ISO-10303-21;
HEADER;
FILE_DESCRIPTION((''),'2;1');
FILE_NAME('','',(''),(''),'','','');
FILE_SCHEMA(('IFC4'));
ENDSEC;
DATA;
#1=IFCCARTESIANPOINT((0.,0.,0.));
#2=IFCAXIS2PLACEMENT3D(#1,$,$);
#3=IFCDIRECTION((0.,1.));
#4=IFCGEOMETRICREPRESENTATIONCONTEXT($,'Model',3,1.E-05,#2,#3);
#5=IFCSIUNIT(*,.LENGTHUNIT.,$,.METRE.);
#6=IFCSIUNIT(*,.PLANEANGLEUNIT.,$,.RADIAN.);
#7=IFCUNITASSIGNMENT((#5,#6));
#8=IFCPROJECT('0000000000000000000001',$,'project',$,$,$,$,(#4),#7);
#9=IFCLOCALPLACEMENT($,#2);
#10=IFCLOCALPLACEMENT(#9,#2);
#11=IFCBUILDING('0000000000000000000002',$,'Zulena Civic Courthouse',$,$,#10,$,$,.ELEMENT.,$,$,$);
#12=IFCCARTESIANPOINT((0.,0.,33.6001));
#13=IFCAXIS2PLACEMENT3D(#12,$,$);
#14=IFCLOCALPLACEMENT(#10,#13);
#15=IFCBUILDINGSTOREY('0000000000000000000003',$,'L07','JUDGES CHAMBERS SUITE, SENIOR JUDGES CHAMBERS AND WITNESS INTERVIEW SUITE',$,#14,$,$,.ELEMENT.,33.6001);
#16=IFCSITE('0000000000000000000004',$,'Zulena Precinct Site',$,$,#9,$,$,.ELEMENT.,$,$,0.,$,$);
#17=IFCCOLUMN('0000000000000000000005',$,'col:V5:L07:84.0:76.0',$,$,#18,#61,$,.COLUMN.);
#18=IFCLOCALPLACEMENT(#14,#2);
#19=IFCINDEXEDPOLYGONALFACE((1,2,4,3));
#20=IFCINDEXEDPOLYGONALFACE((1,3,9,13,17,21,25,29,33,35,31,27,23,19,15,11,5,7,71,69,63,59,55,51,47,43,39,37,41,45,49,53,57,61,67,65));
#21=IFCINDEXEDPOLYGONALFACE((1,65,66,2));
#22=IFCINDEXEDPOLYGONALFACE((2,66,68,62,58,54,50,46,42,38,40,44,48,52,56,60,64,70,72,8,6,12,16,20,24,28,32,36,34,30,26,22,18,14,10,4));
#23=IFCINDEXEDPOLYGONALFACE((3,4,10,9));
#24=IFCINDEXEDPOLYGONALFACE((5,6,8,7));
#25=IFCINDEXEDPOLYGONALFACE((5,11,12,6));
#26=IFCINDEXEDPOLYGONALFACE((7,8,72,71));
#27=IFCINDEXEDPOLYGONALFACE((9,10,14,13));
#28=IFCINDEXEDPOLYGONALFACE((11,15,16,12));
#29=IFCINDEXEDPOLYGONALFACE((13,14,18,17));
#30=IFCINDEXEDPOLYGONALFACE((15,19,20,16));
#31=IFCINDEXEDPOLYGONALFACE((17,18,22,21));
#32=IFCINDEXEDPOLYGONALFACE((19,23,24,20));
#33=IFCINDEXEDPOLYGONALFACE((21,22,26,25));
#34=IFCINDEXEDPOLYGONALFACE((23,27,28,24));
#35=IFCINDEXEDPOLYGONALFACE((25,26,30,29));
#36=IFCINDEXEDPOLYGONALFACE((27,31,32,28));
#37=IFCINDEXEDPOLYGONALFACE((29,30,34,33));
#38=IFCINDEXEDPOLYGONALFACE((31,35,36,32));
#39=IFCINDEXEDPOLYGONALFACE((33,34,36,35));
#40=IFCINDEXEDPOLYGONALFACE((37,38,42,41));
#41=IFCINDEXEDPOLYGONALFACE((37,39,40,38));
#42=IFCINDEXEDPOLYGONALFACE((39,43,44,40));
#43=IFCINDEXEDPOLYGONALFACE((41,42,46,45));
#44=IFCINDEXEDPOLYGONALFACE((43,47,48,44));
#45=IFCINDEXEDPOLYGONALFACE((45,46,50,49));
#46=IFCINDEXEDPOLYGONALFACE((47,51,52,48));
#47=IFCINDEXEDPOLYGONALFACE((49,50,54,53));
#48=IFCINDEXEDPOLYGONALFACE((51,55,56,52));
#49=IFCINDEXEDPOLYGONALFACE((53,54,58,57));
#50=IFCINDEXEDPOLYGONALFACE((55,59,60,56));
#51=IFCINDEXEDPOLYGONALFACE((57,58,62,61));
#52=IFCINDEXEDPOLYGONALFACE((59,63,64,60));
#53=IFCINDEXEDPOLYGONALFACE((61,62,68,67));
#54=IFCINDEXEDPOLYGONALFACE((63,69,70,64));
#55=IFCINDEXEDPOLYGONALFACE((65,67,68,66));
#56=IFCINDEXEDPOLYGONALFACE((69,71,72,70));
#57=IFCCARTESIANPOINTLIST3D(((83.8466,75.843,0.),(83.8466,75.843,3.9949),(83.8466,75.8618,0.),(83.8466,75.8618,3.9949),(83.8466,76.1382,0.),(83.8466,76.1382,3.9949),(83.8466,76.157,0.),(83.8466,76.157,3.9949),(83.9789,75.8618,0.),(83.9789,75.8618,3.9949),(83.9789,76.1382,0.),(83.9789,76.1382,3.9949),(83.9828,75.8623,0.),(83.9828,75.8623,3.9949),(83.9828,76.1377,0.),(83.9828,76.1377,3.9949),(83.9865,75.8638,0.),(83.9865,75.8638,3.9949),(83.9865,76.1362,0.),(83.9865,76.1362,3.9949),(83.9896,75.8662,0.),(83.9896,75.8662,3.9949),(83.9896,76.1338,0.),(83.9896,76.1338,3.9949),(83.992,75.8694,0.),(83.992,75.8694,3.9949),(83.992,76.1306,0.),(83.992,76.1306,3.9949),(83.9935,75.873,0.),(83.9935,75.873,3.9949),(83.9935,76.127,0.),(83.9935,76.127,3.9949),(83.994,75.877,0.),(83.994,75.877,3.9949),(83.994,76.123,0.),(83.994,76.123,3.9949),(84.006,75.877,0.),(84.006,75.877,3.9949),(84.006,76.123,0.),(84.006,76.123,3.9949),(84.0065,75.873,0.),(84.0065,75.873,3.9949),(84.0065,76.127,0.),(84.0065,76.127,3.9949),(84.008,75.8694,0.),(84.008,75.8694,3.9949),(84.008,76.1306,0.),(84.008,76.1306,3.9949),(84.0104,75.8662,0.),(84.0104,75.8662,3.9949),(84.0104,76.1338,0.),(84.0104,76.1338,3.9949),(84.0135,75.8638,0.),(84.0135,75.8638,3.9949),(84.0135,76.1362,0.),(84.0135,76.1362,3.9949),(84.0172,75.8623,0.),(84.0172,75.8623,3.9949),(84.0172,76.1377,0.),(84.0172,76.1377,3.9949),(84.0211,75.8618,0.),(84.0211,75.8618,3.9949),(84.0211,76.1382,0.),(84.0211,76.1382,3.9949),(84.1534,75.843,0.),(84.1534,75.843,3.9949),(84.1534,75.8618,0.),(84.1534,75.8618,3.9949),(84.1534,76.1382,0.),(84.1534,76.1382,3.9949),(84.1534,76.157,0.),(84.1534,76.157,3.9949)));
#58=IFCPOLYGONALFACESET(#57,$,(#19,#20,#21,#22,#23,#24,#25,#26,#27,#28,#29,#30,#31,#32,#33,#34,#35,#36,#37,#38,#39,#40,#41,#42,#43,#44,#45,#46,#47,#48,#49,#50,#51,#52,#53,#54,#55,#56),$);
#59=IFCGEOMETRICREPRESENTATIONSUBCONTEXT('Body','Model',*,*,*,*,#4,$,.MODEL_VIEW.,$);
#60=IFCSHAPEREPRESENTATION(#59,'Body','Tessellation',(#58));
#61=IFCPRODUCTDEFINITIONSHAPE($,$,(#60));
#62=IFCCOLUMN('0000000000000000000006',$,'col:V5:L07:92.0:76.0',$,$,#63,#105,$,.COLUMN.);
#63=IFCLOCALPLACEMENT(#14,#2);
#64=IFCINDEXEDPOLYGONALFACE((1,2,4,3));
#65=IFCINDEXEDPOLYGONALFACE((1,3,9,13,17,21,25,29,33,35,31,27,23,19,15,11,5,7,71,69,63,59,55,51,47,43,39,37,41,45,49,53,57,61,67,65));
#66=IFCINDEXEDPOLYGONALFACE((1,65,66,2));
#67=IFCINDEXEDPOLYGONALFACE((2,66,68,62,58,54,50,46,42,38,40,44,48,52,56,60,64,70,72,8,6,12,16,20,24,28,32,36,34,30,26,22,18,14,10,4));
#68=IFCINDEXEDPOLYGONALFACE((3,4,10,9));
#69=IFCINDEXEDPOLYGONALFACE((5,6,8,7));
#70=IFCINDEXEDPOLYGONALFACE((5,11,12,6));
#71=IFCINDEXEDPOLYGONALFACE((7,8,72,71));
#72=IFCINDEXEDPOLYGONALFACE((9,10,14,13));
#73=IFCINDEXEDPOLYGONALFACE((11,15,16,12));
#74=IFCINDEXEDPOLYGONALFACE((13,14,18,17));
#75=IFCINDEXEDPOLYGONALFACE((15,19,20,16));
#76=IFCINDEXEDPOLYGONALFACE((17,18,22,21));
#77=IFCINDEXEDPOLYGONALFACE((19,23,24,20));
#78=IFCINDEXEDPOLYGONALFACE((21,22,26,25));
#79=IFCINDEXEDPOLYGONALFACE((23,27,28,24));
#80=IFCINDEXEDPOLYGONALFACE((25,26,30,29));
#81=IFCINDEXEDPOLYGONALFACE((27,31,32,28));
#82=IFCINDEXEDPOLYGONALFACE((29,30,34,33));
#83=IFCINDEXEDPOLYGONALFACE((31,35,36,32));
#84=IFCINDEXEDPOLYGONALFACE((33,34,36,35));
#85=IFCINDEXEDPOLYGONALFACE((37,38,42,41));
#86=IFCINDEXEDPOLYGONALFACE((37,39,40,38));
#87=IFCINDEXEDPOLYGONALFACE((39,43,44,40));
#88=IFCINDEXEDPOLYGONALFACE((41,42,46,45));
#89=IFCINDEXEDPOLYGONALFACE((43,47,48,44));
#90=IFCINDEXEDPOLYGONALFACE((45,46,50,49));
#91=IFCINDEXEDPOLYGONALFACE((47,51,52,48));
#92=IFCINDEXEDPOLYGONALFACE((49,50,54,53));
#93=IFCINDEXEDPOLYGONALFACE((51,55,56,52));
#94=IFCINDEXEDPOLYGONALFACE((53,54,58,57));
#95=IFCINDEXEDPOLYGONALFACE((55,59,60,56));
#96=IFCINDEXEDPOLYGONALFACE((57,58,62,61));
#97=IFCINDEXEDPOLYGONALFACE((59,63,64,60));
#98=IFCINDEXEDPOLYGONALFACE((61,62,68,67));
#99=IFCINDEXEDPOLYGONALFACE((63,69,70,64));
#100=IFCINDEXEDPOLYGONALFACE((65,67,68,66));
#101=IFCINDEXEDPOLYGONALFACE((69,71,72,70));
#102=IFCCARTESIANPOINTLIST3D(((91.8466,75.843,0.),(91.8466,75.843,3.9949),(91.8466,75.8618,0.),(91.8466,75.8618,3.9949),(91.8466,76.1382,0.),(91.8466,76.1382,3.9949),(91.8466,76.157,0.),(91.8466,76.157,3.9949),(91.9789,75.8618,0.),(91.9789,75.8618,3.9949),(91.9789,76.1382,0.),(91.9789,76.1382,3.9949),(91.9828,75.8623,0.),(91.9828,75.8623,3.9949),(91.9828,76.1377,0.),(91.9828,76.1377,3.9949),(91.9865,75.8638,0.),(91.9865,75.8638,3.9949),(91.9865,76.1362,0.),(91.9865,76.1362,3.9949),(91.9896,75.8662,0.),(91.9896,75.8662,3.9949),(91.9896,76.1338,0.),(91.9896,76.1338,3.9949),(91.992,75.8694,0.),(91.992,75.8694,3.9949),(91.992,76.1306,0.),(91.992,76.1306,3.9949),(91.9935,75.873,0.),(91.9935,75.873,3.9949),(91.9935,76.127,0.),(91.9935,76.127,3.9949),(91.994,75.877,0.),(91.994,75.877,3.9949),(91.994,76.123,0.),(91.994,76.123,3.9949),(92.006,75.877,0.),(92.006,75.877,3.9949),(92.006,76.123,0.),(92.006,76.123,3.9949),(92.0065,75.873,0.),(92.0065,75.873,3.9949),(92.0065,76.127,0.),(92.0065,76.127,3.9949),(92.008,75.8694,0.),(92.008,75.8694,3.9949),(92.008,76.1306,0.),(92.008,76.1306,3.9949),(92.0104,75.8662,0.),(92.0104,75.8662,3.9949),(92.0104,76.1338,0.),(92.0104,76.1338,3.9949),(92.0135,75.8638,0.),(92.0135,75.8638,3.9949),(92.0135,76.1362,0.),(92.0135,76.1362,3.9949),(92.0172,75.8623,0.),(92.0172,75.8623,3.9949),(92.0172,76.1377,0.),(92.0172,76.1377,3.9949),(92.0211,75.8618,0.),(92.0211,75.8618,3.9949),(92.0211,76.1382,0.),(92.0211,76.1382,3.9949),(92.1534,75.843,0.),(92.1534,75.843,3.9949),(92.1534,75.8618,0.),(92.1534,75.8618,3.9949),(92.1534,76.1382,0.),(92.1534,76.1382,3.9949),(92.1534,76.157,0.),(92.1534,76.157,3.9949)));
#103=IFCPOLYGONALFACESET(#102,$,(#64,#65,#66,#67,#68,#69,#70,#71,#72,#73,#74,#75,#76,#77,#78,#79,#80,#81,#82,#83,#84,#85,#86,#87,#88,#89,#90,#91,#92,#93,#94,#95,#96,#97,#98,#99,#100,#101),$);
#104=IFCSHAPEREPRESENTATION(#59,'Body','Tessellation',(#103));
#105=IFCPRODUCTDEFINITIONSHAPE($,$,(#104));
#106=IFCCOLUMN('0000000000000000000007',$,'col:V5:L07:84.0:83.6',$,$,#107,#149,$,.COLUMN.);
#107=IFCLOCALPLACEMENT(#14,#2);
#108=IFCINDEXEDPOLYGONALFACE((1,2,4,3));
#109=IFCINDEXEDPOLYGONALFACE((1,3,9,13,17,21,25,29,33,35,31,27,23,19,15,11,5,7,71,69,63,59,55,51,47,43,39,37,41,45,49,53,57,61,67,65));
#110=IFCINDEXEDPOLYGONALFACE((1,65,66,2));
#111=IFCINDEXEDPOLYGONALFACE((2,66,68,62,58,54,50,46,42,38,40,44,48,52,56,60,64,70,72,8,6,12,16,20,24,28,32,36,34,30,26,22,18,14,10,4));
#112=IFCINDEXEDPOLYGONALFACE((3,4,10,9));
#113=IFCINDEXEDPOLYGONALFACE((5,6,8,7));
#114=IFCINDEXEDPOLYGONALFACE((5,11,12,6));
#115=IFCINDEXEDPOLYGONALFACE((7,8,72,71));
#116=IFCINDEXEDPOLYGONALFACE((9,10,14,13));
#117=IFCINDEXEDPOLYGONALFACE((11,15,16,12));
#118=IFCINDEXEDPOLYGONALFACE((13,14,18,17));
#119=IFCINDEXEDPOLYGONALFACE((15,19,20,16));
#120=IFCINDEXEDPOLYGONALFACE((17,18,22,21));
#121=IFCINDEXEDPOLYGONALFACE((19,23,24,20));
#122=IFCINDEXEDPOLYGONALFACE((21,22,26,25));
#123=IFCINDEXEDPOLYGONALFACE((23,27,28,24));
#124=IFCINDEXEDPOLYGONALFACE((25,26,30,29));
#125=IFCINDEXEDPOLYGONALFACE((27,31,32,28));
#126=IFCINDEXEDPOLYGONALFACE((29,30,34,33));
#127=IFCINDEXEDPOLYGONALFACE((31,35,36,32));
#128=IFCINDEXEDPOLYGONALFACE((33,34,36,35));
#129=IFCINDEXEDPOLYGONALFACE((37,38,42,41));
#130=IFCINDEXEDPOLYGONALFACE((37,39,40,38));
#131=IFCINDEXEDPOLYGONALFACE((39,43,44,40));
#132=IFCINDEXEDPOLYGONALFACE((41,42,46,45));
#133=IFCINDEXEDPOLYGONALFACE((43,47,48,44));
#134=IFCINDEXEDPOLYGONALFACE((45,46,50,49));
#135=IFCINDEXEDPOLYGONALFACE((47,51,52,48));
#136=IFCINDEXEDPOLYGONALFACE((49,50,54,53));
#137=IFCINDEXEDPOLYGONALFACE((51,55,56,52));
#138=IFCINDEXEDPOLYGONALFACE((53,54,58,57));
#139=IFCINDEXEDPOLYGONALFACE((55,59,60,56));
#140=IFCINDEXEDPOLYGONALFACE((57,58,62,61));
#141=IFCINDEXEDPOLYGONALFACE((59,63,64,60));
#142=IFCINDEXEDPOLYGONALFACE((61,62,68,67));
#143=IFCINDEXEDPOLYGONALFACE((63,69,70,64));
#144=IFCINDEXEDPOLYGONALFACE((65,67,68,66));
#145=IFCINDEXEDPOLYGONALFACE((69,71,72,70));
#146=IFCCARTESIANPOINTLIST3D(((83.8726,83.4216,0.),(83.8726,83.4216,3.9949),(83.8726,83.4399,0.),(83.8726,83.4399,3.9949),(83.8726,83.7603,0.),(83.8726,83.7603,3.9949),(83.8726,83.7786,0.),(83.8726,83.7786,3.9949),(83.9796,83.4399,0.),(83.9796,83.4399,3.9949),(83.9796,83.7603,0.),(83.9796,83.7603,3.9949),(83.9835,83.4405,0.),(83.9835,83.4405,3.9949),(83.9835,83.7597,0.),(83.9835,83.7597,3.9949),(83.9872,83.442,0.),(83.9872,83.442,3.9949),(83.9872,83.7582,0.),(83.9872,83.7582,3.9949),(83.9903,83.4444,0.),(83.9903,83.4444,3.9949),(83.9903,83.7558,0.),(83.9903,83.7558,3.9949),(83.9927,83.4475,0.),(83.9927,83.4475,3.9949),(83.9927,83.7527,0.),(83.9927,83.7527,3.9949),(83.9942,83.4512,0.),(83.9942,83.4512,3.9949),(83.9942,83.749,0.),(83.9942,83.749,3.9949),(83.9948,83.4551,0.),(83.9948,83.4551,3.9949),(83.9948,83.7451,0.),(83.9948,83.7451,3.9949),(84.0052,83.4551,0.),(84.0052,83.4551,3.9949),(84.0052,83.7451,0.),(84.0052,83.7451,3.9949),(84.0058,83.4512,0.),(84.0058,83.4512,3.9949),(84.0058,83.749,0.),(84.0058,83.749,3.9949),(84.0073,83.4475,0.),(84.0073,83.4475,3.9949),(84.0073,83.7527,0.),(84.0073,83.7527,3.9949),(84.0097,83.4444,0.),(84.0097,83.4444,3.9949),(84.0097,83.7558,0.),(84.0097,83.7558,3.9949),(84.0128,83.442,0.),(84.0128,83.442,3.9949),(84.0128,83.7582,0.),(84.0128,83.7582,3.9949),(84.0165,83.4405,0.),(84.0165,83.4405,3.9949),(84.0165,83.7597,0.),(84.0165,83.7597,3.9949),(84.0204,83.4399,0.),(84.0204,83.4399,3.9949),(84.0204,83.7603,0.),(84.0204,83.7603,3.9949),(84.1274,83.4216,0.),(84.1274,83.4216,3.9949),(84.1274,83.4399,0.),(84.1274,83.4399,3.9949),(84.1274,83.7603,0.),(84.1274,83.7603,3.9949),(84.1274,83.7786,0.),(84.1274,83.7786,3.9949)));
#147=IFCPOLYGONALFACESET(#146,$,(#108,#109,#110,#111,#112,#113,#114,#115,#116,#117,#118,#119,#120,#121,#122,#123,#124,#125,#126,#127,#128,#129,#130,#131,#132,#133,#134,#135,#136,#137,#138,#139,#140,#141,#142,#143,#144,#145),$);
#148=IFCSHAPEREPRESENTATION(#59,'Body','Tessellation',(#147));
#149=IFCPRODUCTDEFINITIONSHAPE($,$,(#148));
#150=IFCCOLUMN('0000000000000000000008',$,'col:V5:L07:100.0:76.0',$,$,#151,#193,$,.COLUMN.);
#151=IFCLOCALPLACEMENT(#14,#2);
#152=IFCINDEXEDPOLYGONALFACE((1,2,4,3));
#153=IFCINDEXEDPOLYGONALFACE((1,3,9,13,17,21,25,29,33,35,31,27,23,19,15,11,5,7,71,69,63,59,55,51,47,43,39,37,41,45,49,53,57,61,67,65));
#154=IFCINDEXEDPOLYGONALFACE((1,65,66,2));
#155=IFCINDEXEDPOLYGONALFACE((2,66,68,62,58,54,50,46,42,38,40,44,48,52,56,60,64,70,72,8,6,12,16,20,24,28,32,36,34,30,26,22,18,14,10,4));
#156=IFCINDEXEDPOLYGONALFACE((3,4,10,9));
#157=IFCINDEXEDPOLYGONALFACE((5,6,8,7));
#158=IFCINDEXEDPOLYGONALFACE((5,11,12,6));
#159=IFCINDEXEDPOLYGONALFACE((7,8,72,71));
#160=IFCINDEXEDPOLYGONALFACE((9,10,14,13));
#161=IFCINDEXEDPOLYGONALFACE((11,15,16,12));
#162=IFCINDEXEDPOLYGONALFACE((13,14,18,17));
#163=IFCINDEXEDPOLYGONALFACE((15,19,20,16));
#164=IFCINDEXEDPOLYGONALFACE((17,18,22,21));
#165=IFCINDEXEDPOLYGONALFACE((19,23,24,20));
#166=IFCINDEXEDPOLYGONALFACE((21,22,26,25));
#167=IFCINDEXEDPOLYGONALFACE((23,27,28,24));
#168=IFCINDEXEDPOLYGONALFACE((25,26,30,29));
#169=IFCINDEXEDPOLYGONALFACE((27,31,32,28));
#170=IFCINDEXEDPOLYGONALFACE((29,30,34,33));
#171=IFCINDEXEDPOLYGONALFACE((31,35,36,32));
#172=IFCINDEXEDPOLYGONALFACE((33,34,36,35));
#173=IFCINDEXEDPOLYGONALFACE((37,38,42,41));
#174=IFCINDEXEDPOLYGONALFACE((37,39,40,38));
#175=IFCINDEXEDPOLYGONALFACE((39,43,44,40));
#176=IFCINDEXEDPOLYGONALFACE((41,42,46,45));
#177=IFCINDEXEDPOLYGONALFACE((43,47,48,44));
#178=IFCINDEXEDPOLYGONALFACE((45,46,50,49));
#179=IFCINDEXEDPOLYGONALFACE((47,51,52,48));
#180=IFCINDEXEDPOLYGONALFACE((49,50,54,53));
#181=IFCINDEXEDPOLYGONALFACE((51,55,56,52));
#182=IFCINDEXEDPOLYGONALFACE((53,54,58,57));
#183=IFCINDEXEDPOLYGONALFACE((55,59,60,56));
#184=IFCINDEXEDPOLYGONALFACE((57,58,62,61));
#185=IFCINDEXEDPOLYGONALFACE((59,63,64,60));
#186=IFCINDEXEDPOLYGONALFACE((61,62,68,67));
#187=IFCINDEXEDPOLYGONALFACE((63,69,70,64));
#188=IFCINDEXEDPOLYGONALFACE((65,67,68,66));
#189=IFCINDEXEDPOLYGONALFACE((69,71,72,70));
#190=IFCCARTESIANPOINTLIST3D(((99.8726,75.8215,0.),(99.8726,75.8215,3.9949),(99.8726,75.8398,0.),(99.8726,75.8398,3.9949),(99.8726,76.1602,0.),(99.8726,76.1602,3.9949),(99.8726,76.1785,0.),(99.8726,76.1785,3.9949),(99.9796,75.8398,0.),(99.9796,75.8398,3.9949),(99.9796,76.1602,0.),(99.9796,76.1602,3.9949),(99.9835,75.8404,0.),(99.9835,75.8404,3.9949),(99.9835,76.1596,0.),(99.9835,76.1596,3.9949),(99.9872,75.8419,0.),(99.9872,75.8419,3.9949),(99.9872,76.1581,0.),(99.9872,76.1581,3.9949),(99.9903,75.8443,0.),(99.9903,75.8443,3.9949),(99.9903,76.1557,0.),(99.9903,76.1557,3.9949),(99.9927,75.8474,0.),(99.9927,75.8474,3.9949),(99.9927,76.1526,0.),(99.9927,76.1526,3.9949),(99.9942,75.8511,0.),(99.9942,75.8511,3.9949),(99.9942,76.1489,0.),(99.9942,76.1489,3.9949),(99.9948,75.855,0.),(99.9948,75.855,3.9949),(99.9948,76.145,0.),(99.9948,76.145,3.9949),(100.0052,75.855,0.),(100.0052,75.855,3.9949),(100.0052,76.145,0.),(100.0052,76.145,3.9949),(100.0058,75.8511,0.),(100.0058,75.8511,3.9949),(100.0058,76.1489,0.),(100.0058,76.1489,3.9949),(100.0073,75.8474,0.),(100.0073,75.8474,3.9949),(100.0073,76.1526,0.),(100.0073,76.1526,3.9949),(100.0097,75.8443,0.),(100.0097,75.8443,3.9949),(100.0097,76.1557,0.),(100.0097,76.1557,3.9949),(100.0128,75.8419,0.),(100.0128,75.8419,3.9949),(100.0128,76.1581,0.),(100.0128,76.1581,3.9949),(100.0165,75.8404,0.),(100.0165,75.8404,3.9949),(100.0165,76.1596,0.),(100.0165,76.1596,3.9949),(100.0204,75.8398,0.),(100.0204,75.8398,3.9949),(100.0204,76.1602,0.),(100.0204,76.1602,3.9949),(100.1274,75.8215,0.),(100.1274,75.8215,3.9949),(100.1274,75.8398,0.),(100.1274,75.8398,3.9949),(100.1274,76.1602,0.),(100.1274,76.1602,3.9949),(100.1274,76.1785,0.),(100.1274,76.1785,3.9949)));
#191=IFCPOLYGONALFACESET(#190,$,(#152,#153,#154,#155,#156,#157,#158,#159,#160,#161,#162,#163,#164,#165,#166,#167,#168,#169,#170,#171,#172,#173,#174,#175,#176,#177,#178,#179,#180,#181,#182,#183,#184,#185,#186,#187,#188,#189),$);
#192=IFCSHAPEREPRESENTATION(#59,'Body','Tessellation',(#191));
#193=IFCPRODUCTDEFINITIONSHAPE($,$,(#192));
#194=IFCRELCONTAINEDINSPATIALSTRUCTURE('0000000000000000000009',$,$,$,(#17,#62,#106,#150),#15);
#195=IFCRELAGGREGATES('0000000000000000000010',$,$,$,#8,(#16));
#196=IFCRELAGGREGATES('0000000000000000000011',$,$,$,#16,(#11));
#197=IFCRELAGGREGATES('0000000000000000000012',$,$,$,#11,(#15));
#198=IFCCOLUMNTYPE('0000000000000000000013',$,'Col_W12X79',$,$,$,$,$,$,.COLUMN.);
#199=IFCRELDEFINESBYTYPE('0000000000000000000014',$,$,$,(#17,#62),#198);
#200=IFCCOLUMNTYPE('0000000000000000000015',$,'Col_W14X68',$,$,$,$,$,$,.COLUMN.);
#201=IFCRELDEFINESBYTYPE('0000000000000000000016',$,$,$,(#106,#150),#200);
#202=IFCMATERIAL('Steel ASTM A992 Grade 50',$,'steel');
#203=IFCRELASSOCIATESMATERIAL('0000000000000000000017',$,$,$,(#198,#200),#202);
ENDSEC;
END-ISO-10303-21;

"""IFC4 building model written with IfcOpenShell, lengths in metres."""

from ifc_helpers import new_model, si_unit, direction, frame, origin, origin_2d, place, context, subcontext, project, spatial, i_section, extrude, material, material_profile, profile_set, type_object, element, save


model = new_model("IFC4")

# Units and contexts
model_context = context("Model", 3, precision=1e-05, world=origin(), true_north=direction((0.0, 1.0)))
body_context = subcontext(model_context, "Body", "Model", "MODEL_VIEW")
ifc_project = project(units=[si_unit("LENGTHUNIT", "METRE"), si_unit("PLANEANGLEUNIT", "RADIAN")], contexts=[model_context])

# Site, building, storey
site_placement = place(None, origin())
site = spatial("IfcSite", under=ifc_project, at=site_placement, Name="Zulena Precinct Site", CompositionType="ELEMENT", RefElevation=0.0)
building_placement = place(site_placement, origin())
building = spatial("IfcBuilding", under=site, at=building_placement, Name="Zulena Civic Courthouse", CompositionType="ELEMENT")
storey_placement = place(building_placement, frame((0.0, 0.0, 33.6001)))
storey = spatial("IfcBuildingStorey", under=building, at=storey_placement, Name="L07", Description="JUDGES CHAMBERS SUITE, SENIOR JUDGES CHAMBERS AND WITNESS INTERVIEW SUITE", CompositionType="ELEMENT", Elevation=33.6001)

# Columns
ifc_material_1 = material(Name="Steel ASTM A992 Grade 50", Category="steel")
ifc_material_profile_1 = material_profile(ifc_material_1, i_section(OverallWidth=0.3069, OverallDepth=0.314, WebThickness=0.012, FlangeThickness=0.0188, FilletRadius=0.0151, at=origin_2d()), Name="W12X79")
ifc_profile_set_1 = profile_set([ifc_material_profile_1], Name="Steel ASTM A992 Grade 50")
column_type_1 = type_object("IfcColumnType", Name="Col_W12X79", PredefinedType="COLUMN", material=ifc_profile_set_1)
for number, where, z_axis, x_axis, name in (
    (1, (84.0, 76.0, 0.0), (0.0, 0.0, 1.0), (1.0, 0.0, 0.0), "col:V5:L07:84.0:76.0"),
    (2, (92.0, 76.0, 0.0), (0.0, 0.0, 1.0), (1.0, 0.0, 0.0), "col:V5:L07:92.0:76.0"),
):
    element("IfcColumn", number, at=place(storey_placement, frame(where, z_axis=z_axis, x_axis=x_axis)), inside=storey, type_object=column_type_1, Name=name, PredefinedType="COLUMN", context=body_context, shape_type="SweptSolid", body=[
        extrude(i_section(OverallWidth=0.3069, OverallDepth=0.314, WebThickness=0.012, FlangeThickness=0.0188, FilletRadius=0.0151, at=origin_2d()), origin(), (0.0, 0.0, 1.0), 3.9949),
    ])
ifc_material_profile_2 = material_profile(ifc_material_1, i_section(OverallWidth=0.2549, OverallDepth=0.3569, WebThickness=0.0105, FlangeThickness=0.0183, FilletRadius=0.0151, at=origin_2d()), Name="W14X68")
ifc_profile_set_2 = profile_set([ifc_material_profile_2], Name="Steel ASTM A992 Grade 50")
column_type_2 = type_object("IfcColumnType", Name="Col_W14X68", PredefinedType="COLUMN", material=ifc_profile_set_2)
for number, where, z_axis, x_axis, name in (
    (3, (84.0, 83.6001, 0.0), (0.0, 0.0, 1.0), (1.0, 0.0, 0.0), "col:V5:L07:84.0:83.6"),
    (4, (100.0, 76.0, 0.0), (0.0, 0.0, 1.0), (1.0, 0.0, 0.0), "col:V5:L07:100.0:76.0"),
):
    element("IfcColumn", number, at=place(storey_placement, frame(where, z_axis=z_axis, x_axis=x_axis)), inside=storey, type_object=column_type_2, Name=name, PredefinedType="COLUMN", context=body_context, shape_type="SweptSolid", body=[
        extrude(i_section(OverallWidth=0.2549, OverallDepth=0.3569, WebThickness=0.0105, FlangeThickness=0.0183, FilletRadius=0.0151, at=origin_2d()), origin(), (0.0, 0.0, 1.0), 3.9949),
    ])

save(model, "model.ifc")
